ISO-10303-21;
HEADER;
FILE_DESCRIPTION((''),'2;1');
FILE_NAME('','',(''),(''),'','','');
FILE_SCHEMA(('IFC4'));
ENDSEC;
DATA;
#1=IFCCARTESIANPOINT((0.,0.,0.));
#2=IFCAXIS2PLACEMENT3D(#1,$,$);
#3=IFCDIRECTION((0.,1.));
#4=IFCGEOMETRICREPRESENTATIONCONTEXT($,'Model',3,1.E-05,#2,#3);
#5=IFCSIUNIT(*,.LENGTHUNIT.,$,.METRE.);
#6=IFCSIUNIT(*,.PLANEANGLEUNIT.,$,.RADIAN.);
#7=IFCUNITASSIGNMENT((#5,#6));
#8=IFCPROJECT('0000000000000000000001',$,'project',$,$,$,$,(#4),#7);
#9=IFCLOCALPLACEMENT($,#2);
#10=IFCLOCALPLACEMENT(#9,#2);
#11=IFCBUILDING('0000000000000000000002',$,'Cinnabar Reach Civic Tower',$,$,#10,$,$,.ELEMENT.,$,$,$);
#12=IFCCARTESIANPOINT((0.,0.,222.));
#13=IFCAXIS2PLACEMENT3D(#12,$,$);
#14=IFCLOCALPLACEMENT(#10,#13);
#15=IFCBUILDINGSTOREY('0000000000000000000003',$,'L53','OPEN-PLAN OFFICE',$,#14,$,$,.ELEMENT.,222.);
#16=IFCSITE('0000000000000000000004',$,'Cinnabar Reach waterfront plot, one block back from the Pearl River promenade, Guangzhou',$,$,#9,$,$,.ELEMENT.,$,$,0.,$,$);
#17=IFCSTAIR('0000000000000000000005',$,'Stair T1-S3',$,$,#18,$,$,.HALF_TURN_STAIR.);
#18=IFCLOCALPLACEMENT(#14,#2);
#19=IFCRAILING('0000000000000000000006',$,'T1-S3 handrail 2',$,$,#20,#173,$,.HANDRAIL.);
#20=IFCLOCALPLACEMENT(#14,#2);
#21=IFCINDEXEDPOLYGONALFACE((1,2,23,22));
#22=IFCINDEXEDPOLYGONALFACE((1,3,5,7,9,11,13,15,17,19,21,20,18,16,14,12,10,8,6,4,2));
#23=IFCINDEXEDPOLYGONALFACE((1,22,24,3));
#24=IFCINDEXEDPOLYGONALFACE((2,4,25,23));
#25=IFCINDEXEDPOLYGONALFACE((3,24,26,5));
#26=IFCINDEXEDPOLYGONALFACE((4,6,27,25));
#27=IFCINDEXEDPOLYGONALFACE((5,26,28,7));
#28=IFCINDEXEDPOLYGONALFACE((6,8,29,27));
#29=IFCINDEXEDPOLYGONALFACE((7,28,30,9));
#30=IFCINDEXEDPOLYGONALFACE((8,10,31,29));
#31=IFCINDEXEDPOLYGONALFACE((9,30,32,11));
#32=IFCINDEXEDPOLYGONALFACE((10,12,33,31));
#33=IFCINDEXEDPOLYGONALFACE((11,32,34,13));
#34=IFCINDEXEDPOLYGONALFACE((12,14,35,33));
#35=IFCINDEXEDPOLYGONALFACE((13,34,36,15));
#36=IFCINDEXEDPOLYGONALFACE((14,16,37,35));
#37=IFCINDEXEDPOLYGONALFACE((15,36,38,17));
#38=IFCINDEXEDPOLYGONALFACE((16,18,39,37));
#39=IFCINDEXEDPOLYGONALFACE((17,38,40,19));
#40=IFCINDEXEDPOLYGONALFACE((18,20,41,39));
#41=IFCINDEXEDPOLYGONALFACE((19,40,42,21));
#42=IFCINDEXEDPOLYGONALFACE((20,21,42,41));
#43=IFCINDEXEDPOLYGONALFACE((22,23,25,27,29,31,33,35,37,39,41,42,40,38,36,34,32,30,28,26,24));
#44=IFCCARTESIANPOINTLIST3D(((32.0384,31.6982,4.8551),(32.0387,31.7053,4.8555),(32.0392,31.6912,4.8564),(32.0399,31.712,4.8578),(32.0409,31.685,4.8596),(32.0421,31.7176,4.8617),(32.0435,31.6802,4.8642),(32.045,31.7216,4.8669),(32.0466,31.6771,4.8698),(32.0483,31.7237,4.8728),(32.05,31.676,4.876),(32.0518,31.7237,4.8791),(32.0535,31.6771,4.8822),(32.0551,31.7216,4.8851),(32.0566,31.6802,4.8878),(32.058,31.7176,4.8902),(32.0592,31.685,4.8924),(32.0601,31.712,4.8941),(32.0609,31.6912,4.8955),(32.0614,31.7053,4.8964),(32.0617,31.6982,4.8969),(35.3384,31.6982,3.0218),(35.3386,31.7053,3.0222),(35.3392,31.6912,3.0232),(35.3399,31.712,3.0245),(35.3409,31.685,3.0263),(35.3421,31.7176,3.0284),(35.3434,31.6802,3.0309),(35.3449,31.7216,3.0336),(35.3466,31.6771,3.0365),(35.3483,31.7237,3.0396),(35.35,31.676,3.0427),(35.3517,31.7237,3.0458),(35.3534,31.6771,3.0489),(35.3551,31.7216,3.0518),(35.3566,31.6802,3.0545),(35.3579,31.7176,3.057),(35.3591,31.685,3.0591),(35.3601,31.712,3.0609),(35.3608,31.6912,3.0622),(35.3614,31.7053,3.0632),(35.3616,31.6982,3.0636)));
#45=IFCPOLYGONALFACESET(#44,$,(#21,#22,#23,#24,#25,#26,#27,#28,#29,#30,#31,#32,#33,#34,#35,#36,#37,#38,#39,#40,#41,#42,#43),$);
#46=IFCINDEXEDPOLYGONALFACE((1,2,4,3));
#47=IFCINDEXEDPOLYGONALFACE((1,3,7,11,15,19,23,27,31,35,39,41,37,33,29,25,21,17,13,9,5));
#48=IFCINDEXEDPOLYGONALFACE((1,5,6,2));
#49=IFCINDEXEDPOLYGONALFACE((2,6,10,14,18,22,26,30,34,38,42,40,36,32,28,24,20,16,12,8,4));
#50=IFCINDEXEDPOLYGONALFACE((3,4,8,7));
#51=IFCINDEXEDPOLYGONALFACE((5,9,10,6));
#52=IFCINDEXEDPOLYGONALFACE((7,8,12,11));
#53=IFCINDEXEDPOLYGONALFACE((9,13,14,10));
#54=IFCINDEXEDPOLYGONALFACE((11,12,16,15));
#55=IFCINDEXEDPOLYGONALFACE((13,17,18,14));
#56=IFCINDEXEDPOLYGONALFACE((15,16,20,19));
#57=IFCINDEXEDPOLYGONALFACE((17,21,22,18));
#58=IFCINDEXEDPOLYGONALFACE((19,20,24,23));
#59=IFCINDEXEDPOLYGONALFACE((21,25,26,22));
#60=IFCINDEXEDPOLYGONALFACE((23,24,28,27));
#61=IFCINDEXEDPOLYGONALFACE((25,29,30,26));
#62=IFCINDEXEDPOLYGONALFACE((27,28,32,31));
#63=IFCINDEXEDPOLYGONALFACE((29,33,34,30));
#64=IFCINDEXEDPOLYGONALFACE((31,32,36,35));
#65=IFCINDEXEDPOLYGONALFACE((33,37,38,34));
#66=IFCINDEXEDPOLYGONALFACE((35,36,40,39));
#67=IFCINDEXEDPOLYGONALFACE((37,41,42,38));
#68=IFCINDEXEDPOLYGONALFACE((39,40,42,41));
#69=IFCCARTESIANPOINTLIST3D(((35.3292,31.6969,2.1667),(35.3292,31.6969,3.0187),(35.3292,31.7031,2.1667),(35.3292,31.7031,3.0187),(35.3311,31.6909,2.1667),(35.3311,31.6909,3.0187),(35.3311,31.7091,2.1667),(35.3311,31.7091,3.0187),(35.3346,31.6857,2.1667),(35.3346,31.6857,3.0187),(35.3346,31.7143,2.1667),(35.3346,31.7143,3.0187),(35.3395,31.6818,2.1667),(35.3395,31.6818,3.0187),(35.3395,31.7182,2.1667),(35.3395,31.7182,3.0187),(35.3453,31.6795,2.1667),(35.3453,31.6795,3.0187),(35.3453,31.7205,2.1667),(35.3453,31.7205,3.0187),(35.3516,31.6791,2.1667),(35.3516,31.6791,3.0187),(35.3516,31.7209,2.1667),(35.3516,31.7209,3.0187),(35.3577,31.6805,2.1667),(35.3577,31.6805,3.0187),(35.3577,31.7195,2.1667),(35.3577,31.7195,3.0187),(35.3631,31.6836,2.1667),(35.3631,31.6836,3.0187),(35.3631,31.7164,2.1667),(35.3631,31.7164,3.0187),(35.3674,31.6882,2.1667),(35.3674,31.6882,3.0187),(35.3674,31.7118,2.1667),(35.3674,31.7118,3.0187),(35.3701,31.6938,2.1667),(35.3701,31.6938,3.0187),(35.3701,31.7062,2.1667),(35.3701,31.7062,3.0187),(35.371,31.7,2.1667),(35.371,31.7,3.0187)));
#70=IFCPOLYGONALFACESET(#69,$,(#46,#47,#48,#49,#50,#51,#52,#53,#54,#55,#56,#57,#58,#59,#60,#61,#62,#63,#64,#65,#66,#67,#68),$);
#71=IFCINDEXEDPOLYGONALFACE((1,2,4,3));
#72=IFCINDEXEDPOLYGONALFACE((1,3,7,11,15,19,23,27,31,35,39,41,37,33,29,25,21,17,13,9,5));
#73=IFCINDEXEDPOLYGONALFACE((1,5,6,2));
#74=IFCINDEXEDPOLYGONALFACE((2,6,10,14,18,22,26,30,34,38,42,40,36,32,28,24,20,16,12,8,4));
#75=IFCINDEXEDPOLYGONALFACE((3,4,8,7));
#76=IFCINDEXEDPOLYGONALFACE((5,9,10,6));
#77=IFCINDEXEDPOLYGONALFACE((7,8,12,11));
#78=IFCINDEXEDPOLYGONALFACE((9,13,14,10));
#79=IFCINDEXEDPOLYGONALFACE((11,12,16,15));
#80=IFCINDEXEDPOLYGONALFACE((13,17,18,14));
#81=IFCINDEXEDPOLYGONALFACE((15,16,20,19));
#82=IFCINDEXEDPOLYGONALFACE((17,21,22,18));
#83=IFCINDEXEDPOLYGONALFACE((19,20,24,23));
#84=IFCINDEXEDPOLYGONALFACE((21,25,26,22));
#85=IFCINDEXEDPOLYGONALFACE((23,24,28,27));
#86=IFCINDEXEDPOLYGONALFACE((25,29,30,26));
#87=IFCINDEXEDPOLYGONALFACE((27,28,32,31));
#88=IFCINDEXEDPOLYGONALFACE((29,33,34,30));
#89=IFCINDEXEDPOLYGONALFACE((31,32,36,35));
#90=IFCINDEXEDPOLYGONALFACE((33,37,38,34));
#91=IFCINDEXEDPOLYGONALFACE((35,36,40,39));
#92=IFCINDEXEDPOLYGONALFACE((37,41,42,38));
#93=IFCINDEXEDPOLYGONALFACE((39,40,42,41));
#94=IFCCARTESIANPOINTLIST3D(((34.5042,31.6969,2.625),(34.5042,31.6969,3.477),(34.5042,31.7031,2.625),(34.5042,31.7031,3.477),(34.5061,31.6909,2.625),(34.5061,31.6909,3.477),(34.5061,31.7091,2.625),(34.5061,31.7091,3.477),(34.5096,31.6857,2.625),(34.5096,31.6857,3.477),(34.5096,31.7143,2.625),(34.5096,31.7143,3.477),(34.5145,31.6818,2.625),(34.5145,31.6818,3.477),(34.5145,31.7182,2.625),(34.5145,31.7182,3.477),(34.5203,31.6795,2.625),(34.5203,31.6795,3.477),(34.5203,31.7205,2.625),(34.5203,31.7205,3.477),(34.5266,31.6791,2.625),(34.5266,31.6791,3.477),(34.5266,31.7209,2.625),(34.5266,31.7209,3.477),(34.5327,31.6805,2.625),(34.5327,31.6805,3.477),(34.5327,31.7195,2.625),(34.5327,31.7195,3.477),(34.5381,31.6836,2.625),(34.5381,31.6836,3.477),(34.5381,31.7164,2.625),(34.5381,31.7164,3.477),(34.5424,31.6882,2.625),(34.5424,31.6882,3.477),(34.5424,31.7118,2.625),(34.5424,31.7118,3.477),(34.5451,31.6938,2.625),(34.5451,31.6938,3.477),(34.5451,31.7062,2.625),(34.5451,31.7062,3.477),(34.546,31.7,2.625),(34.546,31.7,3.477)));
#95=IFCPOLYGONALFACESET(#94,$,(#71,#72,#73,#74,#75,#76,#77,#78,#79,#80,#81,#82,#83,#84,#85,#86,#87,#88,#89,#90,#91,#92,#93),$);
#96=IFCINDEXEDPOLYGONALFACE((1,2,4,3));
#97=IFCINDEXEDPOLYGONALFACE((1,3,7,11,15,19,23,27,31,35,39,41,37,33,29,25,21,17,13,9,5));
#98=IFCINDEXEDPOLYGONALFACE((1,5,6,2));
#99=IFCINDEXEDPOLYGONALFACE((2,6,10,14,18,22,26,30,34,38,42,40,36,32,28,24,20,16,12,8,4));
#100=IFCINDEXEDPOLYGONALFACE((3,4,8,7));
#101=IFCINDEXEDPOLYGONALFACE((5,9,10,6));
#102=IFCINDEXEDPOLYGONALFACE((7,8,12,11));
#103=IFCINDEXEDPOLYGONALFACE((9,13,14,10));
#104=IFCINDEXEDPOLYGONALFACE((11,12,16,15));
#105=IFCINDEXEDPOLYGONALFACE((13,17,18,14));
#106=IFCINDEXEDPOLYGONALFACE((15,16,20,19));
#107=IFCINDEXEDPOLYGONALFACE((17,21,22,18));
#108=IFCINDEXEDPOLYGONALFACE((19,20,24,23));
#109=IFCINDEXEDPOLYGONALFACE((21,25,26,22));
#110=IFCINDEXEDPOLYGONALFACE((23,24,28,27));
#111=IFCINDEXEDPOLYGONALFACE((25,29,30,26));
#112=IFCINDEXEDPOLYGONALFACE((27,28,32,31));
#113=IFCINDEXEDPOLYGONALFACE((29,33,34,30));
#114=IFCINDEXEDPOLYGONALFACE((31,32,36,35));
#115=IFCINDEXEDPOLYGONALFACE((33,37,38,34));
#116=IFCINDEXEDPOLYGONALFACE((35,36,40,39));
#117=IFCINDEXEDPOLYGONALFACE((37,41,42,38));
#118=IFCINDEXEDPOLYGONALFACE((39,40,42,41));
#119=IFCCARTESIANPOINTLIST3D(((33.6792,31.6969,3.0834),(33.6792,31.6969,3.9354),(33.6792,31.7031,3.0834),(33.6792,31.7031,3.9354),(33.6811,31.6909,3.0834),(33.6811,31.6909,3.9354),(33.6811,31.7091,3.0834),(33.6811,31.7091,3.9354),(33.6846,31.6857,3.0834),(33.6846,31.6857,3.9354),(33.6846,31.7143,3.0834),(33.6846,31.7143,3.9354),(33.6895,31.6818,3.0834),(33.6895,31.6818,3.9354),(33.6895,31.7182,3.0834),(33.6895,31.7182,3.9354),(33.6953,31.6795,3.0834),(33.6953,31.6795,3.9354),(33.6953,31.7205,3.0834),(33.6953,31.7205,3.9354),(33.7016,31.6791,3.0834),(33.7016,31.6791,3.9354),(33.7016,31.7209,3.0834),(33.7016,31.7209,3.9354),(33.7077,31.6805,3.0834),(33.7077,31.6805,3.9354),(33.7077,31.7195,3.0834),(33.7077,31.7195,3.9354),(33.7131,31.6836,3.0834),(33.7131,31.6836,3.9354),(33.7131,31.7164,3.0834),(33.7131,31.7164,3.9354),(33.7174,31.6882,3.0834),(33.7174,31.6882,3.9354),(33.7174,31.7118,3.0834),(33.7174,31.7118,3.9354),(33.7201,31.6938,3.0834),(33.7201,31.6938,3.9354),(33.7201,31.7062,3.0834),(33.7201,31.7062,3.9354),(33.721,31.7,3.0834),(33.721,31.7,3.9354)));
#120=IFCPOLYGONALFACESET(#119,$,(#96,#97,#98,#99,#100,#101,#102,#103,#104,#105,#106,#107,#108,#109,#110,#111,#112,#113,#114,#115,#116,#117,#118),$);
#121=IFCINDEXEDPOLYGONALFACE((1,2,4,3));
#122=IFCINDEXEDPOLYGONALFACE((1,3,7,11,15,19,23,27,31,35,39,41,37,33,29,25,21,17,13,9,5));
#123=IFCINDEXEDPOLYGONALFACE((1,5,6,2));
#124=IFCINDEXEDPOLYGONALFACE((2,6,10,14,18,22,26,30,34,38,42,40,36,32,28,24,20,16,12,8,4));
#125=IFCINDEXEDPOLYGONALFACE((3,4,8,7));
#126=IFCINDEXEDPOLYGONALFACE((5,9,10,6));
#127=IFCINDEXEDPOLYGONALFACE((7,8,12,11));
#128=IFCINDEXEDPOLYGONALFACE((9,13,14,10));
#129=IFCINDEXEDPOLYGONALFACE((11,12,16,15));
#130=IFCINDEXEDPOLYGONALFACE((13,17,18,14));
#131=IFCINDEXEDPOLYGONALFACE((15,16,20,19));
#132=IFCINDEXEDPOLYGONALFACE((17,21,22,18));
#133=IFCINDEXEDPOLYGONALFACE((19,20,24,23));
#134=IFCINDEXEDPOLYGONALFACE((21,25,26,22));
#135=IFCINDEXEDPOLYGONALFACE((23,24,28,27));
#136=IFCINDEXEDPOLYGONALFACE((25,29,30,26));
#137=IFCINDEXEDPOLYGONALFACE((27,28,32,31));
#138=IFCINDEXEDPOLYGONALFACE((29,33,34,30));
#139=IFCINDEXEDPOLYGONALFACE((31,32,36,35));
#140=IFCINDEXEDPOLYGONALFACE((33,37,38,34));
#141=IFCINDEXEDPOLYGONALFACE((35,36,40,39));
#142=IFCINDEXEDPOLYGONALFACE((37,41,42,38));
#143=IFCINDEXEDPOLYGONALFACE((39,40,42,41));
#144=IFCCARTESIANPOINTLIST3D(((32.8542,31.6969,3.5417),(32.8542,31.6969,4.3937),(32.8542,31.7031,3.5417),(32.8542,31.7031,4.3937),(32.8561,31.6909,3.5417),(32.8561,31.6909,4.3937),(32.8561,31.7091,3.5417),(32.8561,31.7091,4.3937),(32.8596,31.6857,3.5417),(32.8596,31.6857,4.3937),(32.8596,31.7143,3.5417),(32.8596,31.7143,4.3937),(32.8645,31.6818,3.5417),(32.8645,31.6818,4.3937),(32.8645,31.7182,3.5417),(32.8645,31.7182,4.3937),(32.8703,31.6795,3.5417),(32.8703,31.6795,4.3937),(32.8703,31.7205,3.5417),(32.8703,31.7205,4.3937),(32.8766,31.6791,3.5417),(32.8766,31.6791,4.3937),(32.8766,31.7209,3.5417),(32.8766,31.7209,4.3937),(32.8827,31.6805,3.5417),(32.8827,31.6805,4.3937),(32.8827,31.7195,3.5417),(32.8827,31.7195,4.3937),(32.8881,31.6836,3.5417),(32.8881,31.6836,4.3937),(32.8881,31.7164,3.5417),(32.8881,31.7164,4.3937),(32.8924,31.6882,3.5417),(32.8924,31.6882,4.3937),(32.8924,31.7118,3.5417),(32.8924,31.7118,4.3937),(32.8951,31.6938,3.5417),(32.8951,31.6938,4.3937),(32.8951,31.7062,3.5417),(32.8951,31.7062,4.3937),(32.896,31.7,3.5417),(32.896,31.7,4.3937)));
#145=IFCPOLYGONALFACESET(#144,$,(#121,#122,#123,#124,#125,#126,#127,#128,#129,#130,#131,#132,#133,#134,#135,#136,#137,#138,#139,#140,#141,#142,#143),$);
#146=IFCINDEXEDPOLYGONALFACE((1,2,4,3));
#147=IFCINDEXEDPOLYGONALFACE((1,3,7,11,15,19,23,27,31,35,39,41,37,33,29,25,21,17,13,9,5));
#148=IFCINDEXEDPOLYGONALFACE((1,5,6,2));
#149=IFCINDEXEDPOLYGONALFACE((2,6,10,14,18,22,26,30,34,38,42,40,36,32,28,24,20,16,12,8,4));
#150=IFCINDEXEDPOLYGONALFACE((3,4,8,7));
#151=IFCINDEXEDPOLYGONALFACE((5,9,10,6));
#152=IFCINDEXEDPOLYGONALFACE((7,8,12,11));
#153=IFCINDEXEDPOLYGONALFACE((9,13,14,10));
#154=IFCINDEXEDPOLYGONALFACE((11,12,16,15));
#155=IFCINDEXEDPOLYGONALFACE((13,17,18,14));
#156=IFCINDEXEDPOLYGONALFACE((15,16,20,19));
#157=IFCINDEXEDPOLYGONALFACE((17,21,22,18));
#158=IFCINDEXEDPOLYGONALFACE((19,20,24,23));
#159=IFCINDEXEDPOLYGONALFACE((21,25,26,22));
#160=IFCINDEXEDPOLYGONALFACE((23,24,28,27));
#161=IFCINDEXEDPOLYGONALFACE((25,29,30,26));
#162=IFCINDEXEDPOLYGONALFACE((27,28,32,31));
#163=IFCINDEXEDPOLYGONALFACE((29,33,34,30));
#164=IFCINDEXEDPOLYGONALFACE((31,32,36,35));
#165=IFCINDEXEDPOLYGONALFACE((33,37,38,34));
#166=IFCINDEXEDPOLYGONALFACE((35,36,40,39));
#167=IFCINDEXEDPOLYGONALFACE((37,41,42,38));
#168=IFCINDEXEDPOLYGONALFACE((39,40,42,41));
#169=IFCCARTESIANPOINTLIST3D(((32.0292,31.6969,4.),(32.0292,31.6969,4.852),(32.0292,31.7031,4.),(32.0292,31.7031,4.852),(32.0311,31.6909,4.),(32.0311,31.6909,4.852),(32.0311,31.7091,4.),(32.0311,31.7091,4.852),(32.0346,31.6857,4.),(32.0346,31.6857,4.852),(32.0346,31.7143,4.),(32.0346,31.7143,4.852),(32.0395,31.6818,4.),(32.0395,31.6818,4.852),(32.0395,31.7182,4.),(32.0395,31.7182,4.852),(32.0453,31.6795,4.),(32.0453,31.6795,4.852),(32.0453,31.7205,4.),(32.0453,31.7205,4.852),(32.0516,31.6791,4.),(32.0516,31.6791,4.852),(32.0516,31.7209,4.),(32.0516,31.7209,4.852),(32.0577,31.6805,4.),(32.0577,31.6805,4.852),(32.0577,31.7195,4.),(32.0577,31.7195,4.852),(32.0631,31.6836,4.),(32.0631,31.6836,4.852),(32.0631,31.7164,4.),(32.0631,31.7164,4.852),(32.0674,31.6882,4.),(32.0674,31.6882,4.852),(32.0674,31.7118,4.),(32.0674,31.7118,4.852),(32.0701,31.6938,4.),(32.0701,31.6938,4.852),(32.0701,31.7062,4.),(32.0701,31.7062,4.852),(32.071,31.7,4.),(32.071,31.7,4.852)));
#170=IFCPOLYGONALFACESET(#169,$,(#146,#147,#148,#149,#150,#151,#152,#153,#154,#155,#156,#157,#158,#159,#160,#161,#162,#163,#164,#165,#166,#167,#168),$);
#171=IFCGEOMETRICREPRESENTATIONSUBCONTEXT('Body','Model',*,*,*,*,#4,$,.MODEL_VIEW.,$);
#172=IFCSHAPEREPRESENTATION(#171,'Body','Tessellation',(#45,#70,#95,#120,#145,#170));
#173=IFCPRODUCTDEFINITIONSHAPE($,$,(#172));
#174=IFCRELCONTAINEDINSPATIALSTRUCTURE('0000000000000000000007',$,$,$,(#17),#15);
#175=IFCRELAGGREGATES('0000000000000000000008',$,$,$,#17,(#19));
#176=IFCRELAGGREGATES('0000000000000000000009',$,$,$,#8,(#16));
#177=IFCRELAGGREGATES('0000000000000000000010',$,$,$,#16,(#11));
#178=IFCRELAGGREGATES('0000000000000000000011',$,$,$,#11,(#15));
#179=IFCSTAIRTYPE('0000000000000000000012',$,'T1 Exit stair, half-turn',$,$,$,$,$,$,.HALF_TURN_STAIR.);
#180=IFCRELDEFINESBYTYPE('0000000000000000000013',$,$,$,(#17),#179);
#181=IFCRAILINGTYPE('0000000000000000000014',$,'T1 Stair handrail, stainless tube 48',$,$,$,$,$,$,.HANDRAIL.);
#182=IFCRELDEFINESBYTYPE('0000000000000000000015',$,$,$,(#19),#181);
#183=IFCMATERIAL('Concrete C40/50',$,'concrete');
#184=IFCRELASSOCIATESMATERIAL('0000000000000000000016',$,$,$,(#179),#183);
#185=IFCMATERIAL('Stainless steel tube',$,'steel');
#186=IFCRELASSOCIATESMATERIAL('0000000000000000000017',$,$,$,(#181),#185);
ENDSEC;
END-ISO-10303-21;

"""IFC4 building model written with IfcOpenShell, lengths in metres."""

from ifc_helpers import new_model, si_unit, direction, frame, origin, origin_2d, place, context, subcontext, project, spatial, circle, extrude, material, type_object, element, aggregate, save


model = new_model("IFC4")

# Units and contexts
model_context = context("Model", 3, precision=1e-05, world=origin(), true_north=direction((0.0, 1.0)))
body_context = subcontext(model_context, "Body", "Model", "MODEL_VIEW")
ifc_project = project(units=[si_unit("LENGTHUNIT", "METRE"), si_unit("PLANEANGLEUNIT", "RADIAN")], contexts=[model_context])

# Site, building, storey
site_placement = place(None, origin())
site = spatial("IfcSite", under=ifc_project, at=site_placement, Name="Cinnabar Reach waterfront plot, one block back from the Pearl River promenade, Guangzhou", CompositionType="ELEMENT", RefElevation=0.0)
building_placement = place(site_placement, origin())
building = spatial("IfcBuilding", under=site, at=building_placement, Name="Cinnabar Reach Civic Tower", CompositionType="ELEMENT")
storey_placement = place(building_placement, frame((0.0, 0.0, 222.0)))
storey = spatial("IfcBuildingStorey", under=building, at=storey_placement, Name="L53", Description="OPEN-PLAN OFFICE", CompositionType="ELEMENT", Elevation=222.0)

# Stair, railing
ifc_material_1 = material(Name="Concrete C40/50", Category="concrete")
stair_type = type_object("IfcStairType", Name="T1 Exit stair, half-turn", PredefinedType="HALF_TURN_STAIR", material=ifc_material_1)
stair_placement = place(storey_placement, origin())
stair = element("IfcStair", 1, at=stair_placement, inside=storey, type_object=stair_type, Name="Stair T1-S3", PredefinedType="HALF_TURN_STAIR")
ifc_material_2 = material(Name="Stainless steel tube", Category="steel")
railing_type = type_object("IfcRailingType", Name="T1 Stair handrail, stainless tube 48", PredefinedType="HANDRAIL", material=ifc_material_2)
railing_1_placement = place(storey_placement, frame((35.35, 31.7, 2.1667)))
railing_1 = element("IfcRailing", 2, at=railing_1_placement, type_object=railing_type, Name="T1-S3 handrail 2", PredefinedType="HANDRAIL", context=body_context, shape_type="SweptSolid", body=[
    extrude(circle(Radius=0.024, at=origin_2d()), frame((0.0, 0.0, 0.876), z_axis=(-0.874161, 0.0, 0.485636), x_axis=(0.0, -1.0, 0.0)), (0.0, 0.0, 1.0), 3.775),
    extrude(circle(Radius=0.021, at=origin_2d()), origin(), (0.0, 0.0, 1.0), 0.852),
    extrude(circle(Radius=0.021, at=origin_2d()), frame((-0.825, 0.0, 0.4583)), (0.0, 0.0, 1.0), 0.852),
    extrude(circle(Radius=0.021, at=origin_2d()), frame((-1.65, 0.0, 0.9167)), (0.0, 0.0, 1.0), 0.852),
    extrude(circle(Radius=0.021, at=origin_2d()), frame((-2.475, 0.0, 1.375)), (0.0, 0.0, 1.0), 0.852),
    extrude(circle(Radius=0.021, at=origin_2d()), frame((-3.3, 0.0, 1.8333)), (0.0, 0.0, 1.0), 0.852),
])
aggregate(stair, [railing_1])

save(model, "model.ifc")
